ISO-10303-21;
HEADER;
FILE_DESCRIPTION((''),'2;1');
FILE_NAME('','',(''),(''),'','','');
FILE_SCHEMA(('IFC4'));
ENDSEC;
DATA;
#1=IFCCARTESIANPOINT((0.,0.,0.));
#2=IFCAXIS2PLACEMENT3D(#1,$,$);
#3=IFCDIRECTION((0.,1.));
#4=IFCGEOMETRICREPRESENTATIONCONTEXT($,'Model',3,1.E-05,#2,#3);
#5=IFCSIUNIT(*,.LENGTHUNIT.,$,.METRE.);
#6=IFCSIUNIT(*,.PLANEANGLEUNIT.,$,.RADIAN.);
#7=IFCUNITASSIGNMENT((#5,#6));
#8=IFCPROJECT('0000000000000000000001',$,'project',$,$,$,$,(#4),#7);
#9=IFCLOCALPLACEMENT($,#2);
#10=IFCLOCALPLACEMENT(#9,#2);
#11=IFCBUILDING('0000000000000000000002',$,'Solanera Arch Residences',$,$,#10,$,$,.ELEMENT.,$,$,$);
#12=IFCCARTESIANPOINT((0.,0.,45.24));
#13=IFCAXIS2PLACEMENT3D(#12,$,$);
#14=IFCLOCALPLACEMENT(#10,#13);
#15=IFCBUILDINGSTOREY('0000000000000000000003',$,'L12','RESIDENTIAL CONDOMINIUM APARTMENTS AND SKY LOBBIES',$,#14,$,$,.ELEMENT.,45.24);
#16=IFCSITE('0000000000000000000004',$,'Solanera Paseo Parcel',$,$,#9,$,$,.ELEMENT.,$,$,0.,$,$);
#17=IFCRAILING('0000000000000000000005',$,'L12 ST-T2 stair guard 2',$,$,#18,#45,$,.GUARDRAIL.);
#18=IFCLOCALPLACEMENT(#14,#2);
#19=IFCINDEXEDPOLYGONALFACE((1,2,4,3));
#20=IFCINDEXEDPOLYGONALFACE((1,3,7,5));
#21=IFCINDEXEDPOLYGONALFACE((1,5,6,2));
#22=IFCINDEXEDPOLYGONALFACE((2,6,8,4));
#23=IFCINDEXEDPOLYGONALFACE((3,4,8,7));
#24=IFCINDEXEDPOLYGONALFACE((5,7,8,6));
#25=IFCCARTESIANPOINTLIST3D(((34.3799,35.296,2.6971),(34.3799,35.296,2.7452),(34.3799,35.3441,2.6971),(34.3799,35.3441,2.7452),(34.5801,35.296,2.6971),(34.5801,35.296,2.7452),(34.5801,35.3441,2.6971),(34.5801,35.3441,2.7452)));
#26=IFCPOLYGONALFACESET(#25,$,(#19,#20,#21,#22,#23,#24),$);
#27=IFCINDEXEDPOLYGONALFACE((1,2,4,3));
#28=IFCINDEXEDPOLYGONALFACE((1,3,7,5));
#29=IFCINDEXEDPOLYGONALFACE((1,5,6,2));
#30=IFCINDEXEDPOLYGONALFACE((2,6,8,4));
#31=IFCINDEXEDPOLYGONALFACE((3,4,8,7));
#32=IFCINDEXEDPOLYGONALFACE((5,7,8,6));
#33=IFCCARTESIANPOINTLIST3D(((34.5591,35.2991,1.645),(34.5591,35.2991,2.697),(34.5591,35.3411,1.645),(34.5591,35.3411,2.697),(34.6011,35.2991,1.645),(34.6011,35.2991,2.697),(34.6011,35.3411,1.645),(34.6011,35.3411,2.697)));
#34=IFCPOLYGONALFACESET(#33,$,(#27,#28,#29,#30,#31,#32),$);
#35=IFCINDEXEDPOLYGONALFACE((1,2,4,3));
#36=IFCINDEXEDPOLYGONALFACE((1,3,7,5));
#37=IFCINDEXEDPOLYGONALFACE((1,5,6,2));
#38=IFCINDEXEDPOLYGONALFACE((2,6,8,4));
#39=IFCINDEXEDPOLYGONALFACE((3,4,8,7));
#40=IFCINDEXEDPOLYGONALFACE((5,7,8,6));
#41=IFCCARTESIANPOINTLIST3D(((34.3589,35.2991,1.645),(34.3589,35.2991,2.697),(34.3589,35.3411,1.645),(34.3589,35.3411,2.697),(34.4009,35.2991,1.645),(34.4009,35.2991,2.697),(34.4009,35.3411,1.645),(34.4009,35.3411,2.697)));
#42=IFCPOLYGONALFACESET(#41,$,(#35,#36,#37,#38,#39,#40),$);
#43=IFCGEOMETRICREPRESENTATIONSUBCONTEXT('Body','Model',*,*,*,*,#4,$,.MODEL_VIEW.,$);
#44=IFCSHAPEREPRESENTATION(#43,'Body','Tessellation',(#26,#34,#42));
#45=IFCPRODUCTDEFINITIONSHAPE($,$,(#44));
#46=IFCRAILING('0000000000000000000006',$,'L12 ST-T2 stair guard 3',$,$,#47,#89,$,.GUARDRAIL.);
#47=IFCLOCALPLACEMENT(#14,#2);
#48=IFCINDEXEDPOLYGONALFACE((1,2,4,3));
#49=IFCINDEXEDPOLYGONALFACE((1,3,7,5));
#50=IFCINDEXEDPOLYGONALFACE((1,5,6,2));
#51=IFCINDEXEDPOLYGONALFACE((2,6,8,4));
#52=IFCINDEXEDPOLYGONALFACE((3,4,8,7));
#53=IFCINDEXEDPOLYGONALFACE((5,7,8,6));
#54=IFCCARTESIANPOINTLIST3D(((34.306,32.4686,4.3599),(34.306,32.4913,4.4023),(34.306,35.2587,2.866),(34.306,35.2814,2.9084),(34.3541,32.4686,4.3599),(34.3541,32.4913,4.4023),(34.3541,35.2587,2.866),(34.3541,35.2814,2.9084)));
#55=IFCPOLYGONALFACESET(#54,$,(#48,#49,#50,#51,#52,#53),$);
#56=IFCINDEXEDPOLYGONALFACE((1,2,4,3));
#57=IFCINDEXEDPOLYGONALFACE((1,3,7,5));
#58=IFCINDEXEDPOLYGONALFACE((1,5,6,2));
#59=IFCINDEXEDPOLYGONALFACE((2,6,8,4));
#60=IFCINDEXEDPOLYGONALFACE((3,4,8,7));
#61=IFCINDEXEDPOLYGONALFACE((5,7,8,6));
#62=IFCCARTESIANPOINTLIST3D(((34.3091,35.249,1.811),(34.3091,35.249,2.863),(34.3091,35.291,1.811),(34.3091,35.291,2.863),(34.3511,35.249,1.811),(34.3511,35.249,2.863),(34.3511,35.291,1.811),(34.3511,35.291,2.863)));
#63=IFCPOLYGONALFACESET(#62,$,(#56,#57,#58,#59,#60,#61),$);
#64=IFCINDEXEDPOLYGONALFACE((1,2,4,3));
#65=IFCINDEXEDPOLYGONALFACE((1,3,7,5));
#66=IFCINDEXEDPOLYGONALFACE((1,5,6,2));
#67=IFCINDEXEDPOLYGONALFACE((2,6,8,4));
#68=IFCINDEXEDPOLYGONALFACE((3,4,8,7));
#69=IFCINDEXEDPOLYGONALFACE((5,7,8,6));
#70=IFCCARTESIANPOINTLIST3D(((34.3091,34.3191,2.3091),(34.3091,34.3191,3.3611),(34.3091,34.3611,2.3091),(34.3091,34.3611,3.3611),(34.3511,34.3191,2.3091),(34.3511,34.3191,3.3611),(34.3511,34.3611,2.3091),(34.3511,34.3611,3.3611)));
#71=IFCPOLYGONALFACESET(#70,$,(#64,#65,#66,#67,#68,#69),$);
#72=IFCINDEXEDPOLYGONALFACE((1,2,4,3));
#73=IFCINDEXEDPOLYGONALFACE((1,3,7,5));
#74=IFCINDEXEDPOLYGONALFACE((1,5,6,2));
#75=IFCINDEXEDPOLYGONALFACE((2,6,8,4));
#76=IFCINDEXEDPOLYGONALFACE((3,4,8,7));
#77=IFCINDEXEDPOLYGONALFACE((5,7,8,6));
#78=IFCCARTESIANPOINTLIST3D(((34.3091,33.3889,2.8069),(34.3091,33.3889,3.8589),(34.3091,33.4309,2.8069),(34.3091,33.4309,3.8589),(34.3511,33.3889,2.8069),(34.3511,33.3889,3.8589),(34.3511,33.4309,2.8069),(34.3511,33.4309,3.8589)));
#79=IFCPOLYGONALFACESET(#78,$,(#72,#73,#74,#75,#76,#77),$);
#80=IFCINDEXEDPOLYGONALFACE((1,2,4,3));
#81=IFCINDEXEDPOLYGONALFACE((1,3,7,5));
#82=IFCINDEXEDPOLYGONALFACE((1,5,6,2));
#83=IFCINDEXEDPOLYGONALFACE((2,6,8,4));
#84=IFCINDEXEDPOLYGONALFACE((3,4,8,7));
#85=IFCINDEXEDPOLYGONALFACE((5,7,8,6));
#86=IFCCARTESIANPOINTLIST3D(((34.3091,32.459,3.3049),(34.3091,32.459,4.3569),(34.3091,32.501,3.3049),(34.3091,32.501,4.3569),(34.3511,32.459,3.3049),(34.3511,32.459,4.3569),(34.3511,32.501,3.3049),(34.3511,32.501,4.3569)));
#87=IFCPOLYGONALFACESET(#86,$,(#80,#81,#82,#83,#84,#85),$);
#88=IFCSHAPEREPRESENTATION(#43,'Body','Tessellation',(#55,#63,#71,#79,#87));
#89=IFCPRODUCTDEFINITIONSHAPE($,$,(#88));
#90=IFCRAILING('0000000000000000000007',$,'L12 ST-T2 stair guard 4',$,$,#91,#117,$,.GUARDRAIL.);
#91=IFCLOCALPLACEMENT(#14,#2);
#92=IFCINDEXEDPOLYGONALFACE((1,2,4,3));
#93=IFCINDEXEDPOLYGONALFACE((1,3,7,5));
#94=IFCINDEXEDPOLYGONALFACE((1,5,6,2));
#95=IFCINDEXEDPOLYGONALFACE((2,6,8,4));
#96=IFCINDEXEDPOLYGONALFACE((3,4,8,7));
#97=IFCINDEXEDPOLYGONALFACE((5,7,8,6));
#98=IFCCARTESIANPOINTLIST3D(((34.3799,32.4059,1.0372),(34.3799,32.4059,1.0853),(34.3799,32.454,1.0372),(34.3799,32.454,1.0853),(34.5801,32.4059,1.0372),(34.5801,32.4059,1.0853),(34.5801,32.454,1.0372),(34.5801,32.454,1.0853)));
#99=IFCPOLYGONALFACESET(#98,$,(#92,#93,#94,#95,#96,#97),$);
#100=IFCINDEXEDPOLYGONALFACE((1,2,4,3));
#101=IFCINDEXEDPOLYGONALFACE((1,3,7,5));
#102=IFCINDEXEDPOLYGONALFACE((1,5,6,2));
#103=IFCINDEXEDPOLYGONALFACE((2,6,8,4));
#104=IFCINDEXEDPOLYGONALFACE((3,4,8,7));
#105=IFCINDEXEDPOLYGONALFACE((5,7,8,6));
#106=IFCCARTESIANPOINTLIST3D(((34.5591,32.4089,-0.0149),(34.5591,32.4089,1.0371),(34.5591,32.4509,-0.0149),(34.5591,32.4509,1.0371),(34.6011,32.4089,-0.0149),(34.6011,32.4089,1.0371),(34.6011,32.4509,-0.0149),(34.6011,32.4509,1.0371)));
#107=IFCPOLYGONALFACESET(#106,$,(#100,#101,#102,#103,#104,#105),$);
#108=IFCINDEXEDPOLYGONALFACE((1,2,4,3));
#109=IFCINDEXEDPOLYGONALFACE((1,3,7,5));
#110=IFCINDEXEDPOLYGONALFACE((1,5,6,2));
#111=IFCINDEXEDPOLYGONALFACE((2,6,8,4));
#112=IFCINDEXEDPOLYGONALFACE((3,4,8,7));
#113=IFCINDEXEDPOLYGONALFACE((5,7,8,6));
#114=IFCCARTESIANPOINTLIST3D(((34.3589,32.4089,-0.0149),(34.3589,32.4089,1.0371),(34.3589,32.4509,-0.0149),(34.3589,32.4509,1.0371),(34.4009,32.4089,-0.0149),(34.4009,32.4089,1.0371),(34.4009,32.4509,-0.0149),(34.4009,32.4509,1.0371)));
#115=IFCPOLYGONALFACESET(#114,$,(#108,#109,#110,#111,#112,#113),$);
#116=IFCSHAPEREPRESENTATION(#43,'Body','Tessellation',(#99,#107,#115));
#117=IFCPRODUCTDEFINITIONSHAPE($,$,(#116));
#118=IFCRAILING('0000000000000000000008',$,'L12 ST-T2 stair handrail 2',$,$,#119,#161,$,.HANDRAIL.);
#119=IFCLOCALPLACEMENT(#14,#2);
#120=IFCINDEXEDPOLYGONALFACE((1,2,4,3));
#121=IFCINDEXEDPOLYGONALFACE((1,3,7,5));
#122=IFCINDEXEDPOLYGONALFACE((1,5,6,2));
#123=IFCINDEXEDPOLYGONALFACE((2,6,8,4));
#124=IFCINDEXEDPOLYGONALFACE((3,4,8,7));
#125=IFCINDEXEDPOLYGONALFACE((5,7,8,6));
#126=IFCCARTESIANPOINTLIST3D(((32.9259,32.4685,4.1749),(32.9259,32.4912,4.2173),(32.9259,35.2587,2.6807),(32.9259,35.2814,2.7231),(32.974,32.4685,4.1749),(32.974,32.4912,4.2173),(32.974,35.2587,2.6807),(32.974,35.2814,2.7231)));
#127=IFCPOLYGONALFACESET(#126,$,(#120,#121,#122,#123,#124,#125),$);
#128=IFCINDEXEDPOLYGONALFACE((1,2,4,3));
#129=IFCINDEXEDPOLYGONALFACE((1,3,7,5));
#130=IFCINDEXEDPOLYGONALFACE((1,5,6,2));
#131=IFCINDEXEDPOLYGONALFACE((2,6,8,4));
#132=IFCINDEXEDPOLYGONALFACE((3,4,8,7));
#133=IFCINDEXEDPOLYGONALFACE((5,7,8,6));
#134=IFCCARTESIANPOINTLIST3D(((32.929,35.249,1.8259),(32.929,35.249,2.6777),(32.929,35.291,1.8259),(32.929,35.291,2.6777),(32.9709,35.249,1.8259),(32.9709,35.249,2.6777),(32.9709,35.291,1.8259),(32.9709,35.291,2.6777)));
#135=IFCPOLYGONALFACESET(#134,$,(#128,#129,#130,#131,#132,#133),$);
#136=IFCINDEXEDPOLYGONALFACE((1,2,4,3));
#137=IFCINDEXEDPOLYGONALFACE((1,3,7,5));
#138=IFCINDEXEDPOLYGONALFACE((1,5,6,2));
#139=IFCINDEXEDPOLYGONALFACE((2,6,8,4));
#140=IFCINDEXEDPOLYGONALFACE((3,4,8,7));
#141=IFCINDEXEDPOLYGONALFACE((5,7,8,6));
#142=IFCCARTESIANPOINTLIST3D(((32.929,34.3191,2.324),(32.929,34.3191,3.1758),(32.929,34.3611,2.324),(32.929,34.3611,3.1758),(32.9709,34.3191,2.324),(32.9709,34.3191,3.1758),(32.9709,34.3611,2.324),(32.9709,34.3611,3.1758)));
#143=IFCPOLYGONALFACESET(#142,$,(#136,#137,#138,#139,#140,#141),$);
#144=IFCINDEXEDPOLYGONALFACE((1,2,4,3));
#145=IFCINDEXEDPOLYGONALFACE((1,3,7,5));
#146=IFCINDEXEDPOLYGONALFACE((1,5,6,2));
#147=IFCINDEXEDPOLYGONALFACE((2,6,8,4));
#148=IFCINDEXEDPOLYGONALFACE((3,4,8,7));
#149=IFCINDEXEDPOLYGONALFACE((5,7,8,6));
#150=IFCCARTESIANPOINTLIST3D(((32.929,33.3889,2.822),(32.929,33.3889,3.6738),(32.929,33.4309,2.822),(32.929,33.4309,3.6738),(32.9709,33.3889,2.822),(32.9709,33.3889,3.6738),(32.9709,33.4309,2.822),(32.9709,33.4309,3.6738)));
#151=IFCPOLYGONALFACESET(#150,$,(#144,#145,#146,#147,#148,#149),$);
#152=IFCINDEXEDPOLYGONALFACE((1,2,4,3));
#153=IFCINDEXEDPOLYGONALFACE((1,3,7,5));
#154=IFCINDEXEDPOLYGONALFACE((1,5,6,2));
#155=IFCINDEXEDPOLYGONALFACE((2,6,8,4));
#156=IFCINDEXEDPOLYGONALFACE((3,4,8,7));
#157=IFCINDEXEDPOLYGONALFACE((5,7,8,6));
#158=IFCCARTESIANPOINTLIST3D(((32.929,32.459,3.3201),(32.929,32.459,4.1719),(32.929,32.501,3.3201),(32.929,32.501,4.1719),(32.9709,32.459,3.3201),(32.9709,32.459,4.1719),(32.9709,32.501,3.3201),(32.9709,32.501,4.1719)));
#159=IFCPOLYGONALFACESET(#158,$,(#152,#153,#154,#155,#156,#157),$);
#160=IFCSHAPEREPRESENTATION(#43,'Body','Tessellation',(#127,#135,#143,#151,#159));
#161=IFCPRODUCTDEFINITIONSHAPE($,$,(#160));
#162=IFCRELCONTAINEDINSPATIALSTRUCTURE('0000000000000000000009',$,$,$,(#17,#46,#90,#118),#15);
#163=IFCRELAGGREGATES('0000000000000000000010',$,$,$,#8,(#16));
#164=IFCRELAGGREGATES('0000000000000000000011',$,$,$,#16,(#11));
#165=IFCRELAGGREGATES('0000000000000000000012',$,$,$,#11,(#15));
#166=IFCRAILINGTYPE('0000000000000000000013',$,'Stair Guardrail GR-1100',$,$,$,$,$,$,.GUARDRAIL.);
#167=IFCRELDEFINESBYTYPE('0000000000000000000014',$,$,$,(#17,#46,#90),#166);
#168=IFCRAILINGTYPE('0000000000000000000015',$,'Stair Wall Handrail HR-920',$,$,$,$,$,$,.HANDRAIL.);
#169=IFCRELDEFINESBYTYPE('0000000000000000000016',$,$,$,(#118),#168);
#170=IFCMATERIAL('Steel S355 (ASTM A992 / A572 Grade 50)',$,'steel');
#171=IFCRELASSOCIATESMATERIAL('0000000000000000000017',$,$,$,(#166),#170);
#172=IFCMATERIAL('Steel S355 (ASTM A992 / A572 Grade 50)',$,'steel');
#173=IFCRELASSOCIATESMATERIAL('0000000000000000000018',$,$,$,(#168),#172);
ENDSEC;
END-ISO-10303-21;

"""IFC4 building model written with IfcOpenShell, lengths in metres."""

from ifc_helpers import new_model, si_unit, direction, frame, origin, origin_2d, place, context, subcontext, project, spatial, rectangle, extrude, material, type_object, element, save


model = new_model("IFC4")

# Units and contexts
model_context = context("Model", 3, precision=1e-05, world=origin(), true_north=direction((0.0, 1.0)))
body_context = subcontext(model_context, "Body", "Model", "MODEL_VIEW")
ifc_project = project(units=[si_unit("LENGTHUNIT", "METRE"), si_unit("PLANEANGLEUNIT", "RADIAN")], contexts=[model_context])

# Site, building, storey
site_placement = place(None, origin())
site = spatial("IfcSite", under=ifc_project, at=site_placement, Name="Solanera Paseo Parcel", CompositionType="ELEMENT", RefElevation=0.0)
building_placement = place(site_placement, origin())
building = spatial("IfcBuilding", under=site, at=building_placement, Name="Solanera Arch Residences", CompositionType="ELEMENT")
storey_placement = place(building_placement, frame((0.0, 0.0, 45.24)))
storey = spatial("IfcBuildingStorey", under=building, at=storey_placement, Name="L12", Description="RESIDENTIAL CONDOMINIUM APARTMENTS AND SKY LOBBIES", CompositionType="ELEMENT", Elevation=45.24)

# Railings
ifc_material_1 = material(Name="Steel S355 (ASTM A992 / A572 Grade 50)", Category="steel")
railing_type_1 = type_object("IfcRailingType", Name="Stair Guardrail GR-1100", PredefinedType="GUARDRAIL", material=ifc_material_1)
railing_1_placement = place(storey_placement, frame((34.5801, 35.3201, 1.645)))
element("IfcRailing", 1, at=railing_1_placement, inside=storey, type_object=railing_type_1, Name="L12 ST-T2 stair guard 2", PredefinedType="GUARDRAIL", context=body_context, shape_type="SweptSolid", body=[
    extrude(rectangle(XDim=0.0481, YDim=0.0481, at=origin_2d()), frame((0.0, 0.0, 1.0762), z_axis=(-1.0, 0.0, 0.0), x_axis=(0.0, -1.0, 0.0)), (0.0, 0.0, 1.0), 0.2002),
    extrude(rectangle(XDim=0.042, YDim=0.042, at=origin_2d()), origin(), (0.0, 0.0, 1.0), 1.052),
    extrude(rectangle(XDim=0.042, YDim=0.042, at=origin_2d()), frame((-0.2002, 0.0, 0.0)), (0.0, 0.0, 1.0), 1.052),
])
railing_2_placement = place(storey_placement, frame((34.3301, 35.27, 1.811)))
element("IfcRailing", 2, at=railing_2_placement, inside=storey, type_object=railing_type_1, Name="L12 ST-T2 stair guard 3", PredefinedType="GUARDRAIL", context=body_context, shape_type="SweptSolid", body=[
    extrude(rectangle(XDim=0.0481, YDim=0.0481, at=origin_2d()), frame((0.0, 0.0, 1.0762), z_axis=(0.0, -0.881581, 0.472033), x_axis=(1.0, 0.0, 0.0)), (0.0, 0.0, 1.0), 3.1648),
    extrude(rectangle(XDim=0.042, YDim=0.042, at=origin_2d()), origin(), (0.0, 0.0, 1.0), 1.052),
    extrude(rectangle(XDim=0.042, YDim=0.042, at=origin_2d()), frame((0.0, -0.9299, 0.498)), (0.0, 0.0, 1.0), 1.052),
    extrude(rectangle(XDim=0.042, YDim=0.042, at=origin_2d()), frame((0.0, -1.8601, 0.9958)), (0.0, 0.0, 1.0), 1.052),
    extrude(rectangle(XDim=0.042, YDim=0.042, at=origin_2d()), frame((0.0, -2.79, 1.4939)), (0.0, 0.0, 1.0), 1.052),
])
railing_3_placement = place(storey_placement, frame((34.5801, 32.4299, -0.0149)))
element("IfcRailing", 3, at=railing_3_placement, inside=storey, type_object=railing_type_1, Name="L12 ST-T2 stair guard 4", PredefinedType="GUARDRAIL", context=body_context, shape_type="SweptSolid", body=[
    extrude(rectangle(XDim=0.0481, YDim=0.0481, at=origin_2d()), frame((0.0, 0.0, 1.0762), z_axis=(-1.0, 0.0, 0.0), x_axis=(0.0, -1.0, 0.0)), (0.0, 0.0, 1.0), 0.2002),
    extrude(rectangle(XDim=0.042, YDim=0.042, at=origin_2d()), origin(), (0.0, 0.0, 1.0), 1.052),
    extrude(rectangle(XDim=0.042, YDim=0.042, at=origin_2d()), frame((-0.2002, 0.0, 0.0)), (0.0, 0.0, 1.0), 1.052),
])
ifc_material_2 = material(Name="Steel S355 (ASTM A992 / A572 Grade 50)", Category="steel")
railing_type_2 = type_object("IfcRailingType", Name="Stair Wall Handrail HR-920", PredefinedType="HANDRAIL", material=ifc_material_2)
railing_4_placement = place(storey_placement, frame((32.95, 35.27, 1.8259)))
element("IfcRailing", 4, at=railing_4_placement, inside=storey, type_object=railing_type_2, Name="L12 ST-T2 stair handrail 2", PredefinedType="HANDRAIL", context=body_context, shape_type="SweptSolid", body=[
    extrude(rectangle(XDim=0.0481, YDim=0.0481, at=origin_2d()), frame((0.0, 0.0, 0.876), z_axis=(0.0, -0.881549, 0.472093), x_axis=(1.0, 0.0, 0.0)), (0.0, 0.0, 1.0), 3.165),
    extrude(rectangle(XDim=0.042, YDim=0.042, at=origin_2d()), origin(), (0.0, 0.0, 1.0), 0.8518),
    extrude(rectangle(XDim=0.042, YDim=0.042, at=origin_2d()), frame((0.0, -0.9299, 0.498)), (0.0, 0.0, 1.0), 0.8518),
    extrude(rectangle(XDim=0.042, YDim=0.042, at=origin_2d()), frame((0.0, -1.8601, 0.9961)), (0.0, 0.0, 1.0), 0.8518),
    extrude(rectangle(XDim=0.042, YDim=0.042, at=origin_2d()), frame((0.0, -2.79, 1.4941)), (0.0, 0.0, 1.0), 0.8518),
])

save(model, "model.ifc")
